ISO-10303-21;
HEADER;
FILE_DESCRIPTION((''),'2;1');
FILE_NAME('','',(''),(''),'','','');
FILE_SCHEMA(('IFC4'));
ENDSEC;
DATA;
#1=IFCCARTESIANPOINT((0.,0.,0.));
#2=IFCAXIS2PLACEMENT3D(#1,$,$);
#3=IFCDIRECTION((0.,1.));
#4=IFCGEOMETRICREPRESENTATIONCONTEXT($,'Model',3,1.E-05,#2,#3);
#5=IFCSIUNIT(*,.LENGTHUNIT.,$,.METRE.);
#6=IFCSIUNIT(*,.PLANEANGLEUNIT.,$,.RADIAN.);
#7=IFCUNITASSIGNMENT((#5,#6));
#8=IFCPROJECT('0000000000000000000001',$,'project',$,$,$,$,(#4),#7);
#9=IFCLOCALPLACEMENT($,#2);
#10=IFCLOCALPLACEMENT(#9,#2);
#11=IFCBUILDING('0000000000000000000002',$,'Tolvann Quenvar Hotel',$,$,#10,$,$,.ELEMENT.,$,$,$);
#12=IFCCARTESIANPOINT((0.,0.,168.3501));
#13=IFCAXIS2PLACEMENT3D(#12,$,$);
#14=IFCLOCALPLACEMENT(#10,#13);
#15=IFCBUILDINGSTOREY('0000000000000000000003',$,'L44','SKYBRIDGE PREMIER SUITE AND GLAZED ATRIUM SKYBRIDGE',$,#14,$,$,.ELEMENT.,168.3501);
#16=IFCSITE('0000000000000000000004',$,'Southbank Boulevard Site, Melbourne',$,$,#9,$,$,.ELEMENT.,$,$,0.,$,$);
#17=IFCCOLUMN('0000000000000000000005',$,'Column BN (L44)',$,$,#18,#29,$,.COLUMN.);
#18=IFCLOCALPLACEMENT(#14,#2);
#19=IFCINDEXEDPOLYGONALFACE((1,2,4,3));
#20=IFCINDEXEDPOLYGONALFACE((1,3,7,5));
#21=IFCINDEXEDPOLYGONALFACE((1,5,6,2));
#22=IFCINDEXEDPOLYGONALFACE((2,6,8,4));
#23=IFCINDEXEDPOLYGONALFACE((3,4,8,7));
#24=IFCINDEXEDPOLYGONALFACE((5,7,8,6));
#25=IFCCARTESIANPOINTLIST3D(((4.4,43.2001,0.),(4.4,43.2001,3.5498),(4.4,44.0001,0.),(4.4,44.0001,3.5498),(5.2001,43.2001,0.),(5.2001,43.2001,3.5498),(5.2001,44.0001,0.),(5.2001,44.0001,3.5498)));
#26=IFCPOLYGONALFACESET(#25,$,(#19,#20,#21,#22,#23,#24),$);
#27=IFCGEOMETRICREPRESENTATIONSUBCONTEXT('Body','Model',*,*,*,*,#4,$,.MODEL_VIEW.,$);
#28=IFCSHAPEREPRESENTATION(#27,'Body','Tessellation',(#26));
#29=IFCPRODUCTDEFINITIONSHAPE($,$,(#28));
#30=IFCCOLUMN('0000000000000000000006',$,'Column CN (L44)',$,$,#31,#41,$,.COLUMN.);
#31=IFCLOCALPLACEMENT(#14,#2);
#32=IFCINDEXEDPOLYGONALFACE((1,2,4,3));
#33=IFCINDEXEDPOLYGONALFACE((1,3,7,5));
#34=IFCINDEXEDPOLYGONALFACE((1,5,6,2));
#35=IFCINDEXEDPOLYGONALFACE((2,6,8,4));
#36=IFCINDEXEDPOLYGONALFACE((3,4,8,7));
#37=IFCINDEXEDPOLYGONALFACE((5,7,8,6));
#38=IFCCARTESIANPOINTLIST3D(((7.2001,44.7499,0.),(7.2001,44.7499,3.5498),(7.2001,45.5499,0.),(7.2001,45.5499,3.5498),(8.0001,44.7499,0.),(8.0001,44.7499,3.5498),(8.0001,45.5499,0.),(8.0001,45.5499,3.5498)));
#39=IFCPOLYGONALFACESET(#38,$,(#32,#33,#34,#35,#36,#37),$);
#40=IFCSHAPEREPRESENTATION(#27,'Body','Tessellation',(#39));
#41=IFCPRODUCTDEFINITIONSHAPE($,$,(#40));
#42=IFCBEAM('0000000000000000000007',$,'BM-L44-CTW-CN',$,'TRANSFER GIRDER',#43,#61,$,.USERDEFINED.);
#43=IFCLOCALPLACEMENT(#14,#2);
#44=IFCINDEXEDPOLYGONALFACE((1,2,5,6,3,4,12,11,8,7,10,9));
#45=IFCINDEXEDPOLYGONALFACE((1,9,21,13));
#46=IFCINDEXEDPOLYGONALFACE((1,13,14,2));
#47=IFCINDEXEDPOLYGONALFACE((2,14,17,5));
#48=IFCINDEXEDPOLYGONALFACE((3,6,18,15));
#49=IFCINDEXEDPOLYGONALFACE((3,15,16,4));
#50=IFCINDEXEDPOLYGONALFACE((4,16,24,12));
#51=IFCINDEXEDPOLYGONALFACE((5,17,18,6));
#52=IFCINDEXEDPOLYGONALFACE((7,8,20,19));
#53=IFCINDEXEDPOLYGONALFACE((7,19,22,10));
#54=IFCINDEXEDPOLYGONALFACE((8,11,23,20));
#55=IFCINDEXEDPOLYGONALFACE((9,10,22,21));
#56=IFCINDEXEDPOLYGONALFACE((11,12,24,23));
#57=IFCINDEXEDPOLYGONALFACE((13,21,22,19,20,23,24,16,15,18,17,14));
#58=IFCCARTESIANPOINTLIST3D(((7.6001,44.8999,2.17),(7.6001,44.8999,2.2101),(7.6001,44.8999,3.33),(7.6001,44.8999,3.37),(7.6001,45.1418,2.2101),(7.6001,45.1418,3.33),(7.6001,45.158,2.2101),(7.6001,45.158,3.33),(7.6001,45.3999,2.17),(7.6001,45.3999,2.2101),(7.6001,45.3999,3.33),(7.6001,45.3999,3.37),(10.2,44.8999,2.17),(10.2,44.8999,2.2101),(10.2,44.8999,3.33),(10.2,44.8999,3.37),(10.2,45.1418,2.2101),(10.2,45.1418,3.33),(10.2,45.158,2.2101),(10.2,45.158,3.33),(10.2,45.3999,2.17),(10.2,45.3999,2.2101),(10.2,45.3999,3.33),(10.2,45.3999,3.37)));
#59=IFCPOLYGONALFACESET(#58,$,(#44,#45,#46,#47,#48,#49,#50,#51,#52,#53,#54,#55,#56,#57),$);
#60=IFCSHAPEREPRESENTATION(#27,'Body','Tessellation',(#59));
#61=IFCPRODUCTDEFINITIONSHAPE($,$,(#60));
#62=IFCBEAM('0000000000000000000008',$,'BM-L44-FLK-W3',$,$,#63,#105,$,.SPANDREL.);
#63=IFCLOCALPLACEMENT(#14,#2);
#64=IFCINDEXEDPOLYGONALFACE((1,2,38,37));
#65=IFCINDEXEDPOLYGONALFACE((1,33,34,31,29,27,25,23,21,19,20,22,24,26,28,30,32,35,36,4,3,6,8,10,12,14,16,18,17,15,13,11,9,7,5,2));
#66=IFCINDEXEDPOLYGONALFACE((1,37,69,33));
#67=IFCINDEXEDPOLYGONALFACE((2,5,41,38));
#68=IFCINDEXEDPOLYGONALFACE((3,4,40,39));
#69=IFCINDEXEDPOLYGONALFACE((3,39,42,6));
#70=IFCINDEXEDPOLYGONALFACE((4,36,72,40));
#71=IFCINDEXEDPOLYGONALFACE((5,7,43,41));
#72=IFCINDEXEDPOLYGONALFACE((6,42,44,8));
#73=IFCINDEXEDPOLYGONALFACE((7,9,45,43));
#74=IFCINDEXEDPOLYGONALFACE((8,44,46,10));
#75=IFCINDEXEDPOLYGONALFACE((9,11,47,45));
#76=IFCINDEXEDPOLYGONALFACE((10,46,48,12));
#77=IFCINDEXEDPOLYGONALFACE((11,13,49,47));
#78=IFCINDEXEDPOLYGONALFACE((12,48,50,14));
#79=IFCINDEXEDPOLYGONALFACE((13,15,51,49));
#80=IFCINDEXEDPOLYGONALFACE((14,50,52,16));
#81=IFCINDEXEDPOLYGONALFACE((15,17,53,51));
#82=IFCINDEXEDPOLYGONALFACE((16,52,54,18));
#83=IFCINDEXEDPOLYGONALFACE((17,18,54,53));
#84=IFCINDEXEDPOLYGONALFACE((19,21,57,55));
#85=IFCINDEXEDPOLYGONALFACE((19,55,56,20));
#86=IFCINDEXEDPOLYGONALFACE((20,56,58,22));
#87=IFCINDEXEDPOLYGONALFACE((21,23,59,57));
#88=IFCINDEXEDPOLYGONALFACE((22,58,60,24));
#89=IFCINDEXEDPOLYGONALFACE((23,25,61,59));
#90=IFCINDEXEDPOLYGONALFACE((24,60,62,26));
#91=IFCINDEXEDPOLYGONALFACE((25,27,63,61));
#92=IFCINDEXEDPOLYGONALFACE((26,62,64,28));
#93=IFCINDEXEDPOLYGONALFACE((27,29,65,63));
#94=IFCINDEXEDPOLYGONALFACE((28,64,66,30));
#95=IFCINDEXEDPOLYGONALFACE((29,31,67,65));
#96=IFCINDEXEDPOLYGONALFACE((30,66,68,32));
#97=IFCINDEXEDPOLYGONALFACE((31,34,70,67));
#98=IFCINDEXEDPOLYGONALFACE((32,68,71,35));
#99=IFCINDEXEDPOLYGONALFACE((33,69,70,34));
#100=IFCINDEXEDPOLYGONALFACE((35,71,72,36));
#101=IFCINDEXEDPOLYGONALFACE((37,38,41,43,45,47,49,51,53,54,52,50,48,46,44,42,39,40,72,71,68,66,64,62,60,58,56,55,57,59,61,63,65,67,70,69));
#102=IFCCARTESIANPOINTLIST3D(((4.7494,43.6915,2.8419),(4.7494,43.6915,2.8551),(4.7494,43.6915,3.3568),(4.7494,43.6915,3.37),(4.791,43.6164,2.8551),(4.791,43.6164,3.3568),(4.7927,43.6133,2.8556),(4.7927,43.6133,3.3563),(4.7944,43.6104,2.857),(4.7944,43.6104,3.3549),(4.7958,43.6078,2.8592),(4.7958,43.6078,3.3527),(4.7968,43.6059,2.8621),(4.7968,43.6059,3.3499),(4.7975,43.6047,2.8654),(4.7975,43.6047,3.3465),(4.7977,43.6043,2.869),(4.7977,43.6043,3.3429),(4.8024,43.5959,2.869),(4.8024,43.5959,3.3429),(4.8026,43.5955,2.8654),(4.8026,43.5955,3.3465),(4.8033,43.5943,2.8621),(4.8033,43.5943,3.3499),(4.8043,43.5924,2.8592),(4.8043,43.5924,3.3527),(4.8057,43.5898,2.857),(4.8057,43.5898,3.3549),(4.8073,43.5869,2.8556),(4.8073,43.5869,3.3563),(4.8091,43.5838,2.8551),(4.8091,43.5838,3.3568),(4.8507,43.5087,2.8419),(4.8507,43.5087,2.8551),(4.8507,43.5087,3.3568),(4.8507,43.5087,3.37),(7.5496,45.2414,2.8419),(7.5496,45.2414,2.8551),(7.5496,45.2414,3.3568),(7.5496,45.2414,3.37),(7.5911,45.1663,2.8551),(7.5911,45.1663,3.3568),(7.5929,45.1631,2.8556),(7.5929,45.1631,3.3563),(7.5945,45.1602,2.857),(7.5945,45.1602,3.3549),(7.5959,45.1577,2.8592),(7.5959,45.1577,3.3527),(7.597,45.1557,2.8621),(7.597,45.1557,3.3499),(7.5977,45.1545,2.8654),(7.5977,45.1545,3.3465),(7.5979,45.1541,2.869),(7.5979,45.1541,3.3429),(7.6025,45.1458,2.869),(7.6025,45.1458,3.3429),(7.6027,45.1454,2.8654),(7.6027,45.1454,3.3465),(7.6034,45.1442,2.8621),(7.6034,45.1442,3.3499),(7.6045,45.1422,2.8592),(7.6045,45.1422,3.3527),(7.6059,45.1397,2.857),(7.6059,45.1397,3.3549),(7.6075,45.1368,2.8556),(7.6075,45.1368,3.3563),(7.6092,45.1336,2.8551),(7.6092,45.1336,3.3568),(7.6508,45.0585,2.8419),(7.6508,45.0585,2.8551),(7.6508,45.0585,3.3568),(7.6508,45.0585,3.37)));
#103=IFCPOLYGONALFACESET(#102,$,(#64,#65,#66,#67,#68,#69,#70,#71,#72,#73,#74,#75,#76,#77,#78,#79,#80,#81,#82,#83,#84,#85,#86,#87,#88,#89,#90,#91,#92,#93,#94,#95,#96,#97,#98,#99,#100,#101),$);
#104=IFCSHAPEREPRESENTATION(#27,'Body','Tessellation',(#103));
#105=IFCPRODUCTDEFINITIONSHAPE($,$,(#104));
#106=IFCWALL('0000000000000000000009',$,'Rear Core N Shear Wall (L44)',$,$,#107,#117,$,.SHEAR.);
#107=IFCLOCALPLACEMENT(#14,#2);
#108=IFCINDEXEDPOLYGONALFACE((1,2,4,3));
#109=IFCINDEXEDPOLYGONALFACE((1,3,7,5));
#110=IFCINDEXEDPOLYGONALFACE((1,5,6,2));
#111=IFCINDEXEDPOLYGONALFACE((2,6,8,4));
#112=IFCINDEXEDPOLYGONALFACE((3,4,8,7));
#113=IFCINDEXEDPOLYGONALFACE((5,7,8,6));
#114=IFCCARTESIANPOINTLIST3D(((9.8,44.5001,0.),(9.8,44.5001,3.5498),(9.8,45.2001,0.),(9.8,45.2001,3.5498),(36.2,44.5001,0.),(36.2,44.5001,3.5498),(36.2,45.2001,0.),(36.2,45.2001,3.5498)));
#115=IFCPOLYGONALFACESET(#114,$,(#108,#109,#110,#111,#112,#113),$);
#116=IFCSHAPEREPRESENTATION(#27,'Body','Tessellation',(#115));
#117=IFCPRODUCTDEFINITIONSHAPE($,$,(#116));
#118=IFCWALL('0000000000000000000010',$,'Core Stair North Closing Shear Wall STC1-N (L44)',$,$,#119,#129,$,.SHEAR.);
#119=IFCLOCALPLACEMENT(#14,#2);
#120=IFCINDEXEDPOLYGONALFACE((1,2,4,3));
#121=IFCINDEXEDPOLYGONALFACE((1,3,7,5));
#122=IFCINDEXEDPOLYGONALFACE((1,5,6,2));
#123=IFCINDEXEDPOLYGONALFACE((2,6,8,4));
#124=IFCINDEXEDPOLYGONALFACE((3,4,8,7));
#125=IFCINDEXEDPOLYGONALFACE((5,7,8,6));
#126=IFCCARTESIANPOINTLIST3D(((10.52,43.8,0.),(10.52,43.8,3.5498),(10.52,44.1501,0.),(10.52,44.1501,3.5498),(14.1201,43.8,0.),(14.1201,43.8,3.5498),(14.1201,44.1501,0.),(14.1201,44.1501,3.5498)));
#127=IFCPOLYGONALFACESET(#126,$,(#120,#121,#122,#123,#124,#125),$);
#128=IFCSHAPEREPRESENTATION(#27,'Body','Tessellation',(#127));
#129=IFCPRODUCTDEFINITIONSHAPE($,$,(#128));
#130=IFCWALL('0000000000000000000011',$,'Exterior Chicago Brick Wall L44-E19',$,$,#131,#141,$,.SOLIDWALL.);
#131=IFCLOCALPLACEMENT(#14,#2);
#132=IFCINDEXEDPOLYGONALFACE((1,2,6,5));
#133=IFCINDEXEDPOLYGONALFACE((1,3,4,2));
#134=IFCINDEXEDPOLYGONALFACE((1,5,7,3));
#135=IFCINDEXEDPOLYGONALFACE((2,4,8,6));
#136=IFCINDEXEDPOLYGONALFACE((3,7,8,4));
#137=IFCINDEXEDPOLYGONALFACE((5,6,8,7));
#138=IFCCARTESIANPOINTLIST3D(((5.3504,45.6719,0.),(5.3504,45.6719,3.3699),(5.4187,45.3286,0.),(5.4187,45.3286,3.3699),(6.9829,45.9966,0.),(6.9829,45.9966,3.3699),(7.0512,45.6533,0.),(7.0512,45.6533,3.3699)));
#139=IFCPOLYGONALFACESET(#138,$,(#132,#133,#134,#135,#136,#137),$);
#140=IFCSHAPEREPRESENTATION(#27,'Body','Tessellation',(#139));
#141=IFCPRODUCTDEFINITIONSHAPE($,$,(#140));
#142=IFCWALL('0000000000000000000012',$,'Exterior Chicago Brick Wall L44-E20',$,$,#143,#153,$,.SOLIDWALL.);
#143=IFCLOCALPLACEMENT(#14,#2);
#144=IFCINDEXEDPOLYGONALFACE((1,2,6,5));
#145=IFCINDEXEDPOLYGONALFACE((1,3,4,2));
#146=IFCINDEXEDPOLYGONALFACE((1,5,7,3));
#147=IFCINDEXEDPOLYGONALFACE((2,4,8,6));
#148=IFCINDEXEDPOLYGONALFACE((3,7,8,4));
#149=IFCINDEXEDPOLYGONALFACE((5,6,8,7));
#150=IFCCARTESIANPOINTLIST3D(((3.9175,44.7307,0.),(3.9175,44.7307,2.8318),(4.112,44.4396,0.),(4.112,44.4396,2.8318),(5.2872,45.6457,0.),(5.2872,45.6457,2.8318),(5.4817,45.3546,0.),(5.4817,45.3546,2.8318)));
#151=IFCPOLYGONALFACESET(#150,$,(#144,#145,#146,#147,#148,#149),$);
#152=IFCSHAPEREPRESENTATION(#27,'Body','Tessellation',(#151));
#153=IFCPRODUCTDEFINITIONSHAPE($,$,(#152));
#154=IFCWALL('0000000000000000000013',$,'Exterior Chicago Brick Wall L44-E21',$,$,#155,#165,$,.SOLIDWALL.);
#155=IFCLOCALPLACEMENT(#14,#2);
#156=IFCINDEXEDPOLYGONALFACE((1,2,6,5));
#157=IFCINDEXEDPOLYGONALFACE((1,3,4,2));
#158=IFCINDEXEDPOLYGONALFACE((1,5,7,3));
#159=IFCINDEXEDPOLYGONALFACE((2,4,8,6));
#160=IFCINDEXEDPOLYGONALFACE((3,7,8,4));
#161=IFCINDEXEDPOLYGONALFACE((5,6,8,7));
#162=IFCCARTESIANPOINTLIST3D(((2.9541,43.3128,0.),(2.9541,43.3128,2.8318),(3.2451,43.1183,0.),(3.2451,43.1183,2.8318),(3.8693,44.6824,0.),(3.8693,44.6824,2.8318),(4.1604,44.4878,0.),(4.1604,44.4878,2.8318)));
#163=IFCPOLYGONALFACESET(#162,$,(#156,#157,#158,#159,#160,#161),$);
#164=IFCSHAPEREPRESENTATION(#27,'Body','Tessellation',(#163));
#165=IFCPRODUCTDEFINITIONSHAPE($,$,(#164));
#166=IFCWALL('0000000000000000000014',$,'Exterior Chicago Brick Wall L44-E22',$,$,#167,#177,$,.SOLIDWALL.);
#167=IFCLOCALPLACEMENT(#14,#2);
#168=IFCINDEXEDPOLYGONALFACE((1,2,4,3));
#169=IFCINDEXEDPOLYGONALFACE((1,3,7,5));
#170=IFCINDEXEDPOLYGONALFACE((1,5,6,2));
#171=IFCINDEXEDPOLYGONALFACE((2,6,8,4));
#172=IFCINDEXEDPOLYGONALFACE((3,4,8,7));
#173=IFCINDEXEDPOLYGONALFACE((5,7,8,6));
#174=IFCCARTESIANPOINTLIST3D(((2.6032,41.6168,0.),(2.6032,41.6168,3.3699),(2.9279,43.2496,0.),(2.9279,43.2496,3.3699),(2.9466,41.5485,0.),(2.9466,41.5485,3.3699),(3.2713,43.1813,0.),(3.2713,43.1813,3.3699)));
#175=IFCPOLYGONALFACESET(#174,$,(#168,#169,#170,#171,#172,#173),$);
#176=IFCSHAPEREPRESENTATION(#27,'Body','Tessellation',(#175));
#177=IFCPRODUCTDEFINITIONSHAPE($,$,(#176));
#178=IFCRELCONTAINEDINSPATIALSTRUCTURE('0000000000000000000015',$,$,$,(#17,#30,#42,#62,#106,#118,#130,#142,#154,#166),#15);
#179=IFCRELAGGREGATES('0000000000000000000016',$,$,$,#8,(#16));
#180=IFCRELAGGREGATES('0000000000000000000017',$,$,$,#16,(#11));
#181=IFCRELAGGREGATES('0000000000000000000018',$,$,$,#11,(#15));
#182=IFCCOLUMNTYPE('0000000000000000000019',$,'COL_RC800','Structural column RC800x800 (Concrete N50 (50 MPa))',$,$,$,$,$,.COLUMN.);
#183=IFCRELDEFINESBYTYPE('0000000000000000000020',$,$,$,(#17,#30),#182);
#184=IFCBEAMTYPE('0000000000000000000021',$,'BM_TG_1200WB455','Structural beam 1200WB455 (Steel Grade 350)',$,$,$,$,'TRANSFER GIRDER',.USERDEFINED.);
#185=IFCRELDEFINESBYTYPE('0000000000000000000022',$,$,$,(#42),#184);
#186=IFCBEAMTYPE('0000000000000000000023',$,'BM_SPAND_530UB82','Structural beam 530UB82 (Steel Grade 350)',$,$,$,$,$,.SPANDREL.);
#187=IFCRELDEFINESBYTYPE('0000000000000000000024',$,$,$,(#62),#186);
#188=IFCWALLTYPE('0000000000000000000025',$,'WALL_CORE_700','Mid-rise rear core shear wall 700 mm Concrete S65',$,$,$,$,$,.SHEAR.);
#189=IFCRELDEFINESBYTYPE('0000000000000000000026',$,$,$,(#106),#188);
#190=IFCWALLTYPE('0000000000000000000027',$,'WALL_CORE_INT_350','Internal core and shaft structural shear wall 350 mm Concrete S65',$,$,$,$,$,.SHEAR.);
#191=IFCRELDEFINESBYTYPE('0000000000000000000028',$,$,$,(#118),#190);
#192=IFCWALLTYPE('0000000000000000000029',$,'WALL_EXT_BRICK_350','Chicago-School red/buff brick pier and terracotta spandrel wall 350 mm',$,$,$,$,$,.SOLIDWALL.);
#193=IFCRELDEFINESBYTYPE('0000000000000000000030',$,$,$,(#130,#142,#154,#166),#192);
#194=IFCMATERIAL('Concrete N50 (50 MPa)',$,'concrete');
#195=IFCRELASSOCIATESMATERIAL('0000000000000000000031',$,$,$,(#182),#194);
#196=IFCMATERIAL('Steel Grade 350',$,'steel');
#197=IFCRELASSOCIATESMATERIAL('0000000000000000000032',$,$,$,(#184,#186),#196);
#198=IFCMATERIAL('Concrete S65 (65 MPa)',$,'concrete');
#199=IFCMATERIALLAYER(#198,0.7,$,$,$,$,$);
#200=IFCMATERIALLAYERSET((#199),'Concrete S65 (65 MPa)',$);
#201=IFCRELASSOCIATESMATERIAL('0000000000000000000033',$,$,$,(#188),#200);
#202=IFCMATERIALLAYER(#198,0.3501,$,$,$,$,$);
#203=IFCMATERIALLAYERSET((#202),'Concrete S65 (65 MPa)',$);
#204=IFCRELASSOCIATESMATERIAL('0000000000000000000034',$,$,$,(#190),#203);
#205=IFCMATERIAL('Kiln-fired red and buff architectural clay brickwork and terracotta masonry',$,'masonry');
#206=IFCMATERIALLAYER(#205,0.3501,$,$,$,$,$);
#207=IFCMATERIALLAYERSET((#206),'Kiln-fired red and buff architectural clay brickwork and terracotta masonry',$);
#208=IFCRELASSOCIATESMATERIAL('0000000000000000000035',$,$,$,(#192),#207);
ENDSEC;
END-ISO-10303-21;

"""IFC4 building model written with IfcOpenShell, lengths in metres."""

from ifc_helpers import new_model, si_unit, direction, frame, frame_2d, origin, origin_2d, place, context, subcontext, project, spatial, rectangle, i_section, extrude, source, transform, mapped, material, layer, layer_set, material_profile, profile_set, type_object, type_shapes, element, save


model = new_model("IFC4")

# Units and contexts
model_context = context("Model", 3, precision=1e-05, world=origin(), true_north=direction((0.0, 1.0)))
body_context = subcontext(model_context, "Body", "Model", "MODEL_VIEW")
ifc_project = project(units=[si_unit("LENGTHUNIT", "METRE"), si_unit("PLANEANGLEUNIT", "RADIAN")], contexts=[model_context])

# Site, building, storey
site_placement = place(None, origin())
site = spatial("IfcSite", under=ifc_project, at=site_placement, Name="Southbank Boulevard Site, Melbourne", CompositionType="ELEMENT", RefElevation=0.0)
building_placement = place(site_placement, origin())
building = spatial("IfcBuilding", under=site, at=building_placement, Name="Tolvann Quenvar Hotel", CompositionType="ELEMENT")
storey_placement = place(building_placement, frame((0.0, 0.0, 168.3501)))
storey = spatial("IfcBuildingStorey", under=building, at=storey_placement, Name="L44", Description="SKYBRIDGE PREMIER SUITE AND GLAZED ATRIUM SKYBRIDGE", CompositionType="ELEMENT", Elevation=168.3501)

# Columns
ifc_material_1 = material(Name="Concrete N50 (50 MPa)", Category="concrete")
ifc_material_profile_1 = material_profile(ifc_material_1, rectangle(XDim=0.8, YDim=0.8, at=origin_2d()), Name="RC800x800")
ifc_profile_set_1 = profile_set([ifc_material_profile_1], Name="Concrete N50 (50 MPa)")
column_type = type_object("IfcColumnType", Name="COL_RC800", Description="Structural column RC800x800 (Concrete N50 (50 MPa))", PredefinedType="COLUMN", material=ifc_profile_set_1)
shared_shape_1 = source(origin(), body_context, "Body", "SweptSolid", [
    extrude(rectangle(XDim=0.8, YDim=0.8, at=origin_2d()), origin(), (0.0, 0.0, 1.0), 3.5498),
])
type_shapes(column_type, [shared_shape_1])
for number, where, z_axis, x_axis, name in (
    (1, (4.8, 43.6001, 0.0), (0.0, 0.0, 1.0), (1.0, 0.0, 0.0), "Column BN (L44)"),
    (2, (7.6001, 45.1499, 0.0), (0.0, 0.0, 1.0), (1.0, 0.0, 0.0), "Column CN (L44)"),
):
    element("IfcColumn", number, at=place(storey_placement, frame(where, z_axis=z_axis, x_axis=x_axis)), inside=storey, type_object=column_type, Name=name, PredefinedType="COLUMN", context=body_context, shape_type="MappedRepresentation", body=[
        mapped(shared_shape_1, transform((0.0, 0.0, 0.0), x_axis=(1.0, 0.0, 0.0), y_axis=(0.0, 1.0, 0.0), z_axis=(0.0, 0.0, 1.0), scale=1.0)),
    ])

# Beams
ifc_material_2 = material(Name="Steel Grade 350", Category="steel")
ifc_material_profile_2 = material_profile(ifc_material_2, i_section(OverallWidth=0.5, OverallDepth=1.2, WebThickness=0.0161, FlangeThickness=0.04, at=origin_2d()), Name="1200WB455")
ifc_profile_set_2 = profile_set([ifc_material_profile_2], Name="Steel Grade 350")
beam_type_1 = type_object("IfcBeamType", Name="BM_TG_1200WB455", Description="Structural beam 1200WB455 (Steel Grade 350)", ElementType="TRANSFER GIRDER", PredefinedType="USERDEFINED", material=ifc_profile_set_2)
shared_shape_2 = source(origin(), body_context, "Body", "SweptSolid", [
    extrude(i_section(OverallWidth=0.5, OverallDepth=1.2, WebThickness=0.0161, FlangeThickness=0.04, at=origin_2d()), origin(), (0.0, 0.0, 1.0), 2.5999),
])
type_shapes(beam_type_1, [shared_shape_2])
beam_1_placement = place(storey_placement, frame((7.6001, 45.1499, 2.77), z_axis=(1.0, 0.0, 0.0), x_axis=(0.0, 1.0, 0.0)))
element("IfcBeam", 3, at=beam_1_placement, inside=storey, type_object=beam_type_1, Name="BM-L44-CTW-CN", ObjectType="TRANSFER GIRDER", PredefinedType="USERDEFINED", context=body_context, shape_type="MappedRepresentation", body=[
    mapped(shared_shape_2, transform((0.0, 0.0, 0.0), x_axis=(1.0, 0.0, 0.0), y_axis=(0.0, 1.0, 0.0), z_axis=(0.0, 0.0, 1.0), scale=1.0)),
])
ifc_material_profile_3 = material_profile(ifc_material_2, i_section(OverallWidth=0.209, OverallDepth=0.5281, WebThickness=0.0095, FlangeThickness=0.0132, FilletRadius=0.0139, at=origin_2d()), Name="530UB82")
ifc_profile_set_3 = profile_set([ifc_material_profile_3], Name="Steel Grade 350")
beam_type_2 = type_object("IfcBeamType", Name="BM_SPAND_530UB82", Description="Structural beam 530UB82 (Steel Grade 350)", PredefinedType="SPANDREL", material=ifc_profile_set_3)
shared_shape_3 = source(origin(), body_context, "Body", "SweptSolid", [
    extrude(i_section(OverallWidth=0.209, OverallDepth=0.5281, WebThickness=0.0095, FlangeThickness=0.0132, FilletRadius=0.0139, at=origin_2d()), origin(), (0.0, 0.0, 1.0), 3.2004),
])
type_shapes(beam_type_2, [shared_shape_3])
beam_2_placement = place(storey_placement, frame((4.8, 43.6001, 3.106), z_axis=(0.874923, 0.484263, 0.0), x_axis=(-0.484263, 0.874923, 0.0)))
element("IfcBeam", 4, at=beam_2_placement, inside=storey, type_object=beam_type_2, Name="BM-L44-FLK-W3", PredefinedType="SPANDREL", context=body_context, shape_type="MappedRepresentation", body=[
    mapped(shared_shape_3, transform((0.0, 0.0, 0.0), x_axis=(1.0, 0.0, 0.0), y_axis=(0.0, 1.0, 0.0), z_axis=(0.0, 0.0, 1.0), scale=1.0)),
])

# Walls
ifc_material_3 = material(Name="Concrete S65 (65 MPa)", Category="concrete")
ifc_layer_1 = layer(ifc_material_3, 0.7)
ifc_layer_set_1 = layer_set([ifc_layer_1], Name="Concrete S65 (65 MPa)")
wall_type_1 = type_object("IfcWallType", Name="WALL_CORE_700", Description="Mid-rise rear core shear wall 700 mm Concrete S65", PredefinedType="SHEAR", material=ifc_layer_set_1)
wall_1_placement = place(storey_placement, frame((9.8, 44.8501, 0.0), z_axis=(0.0, 0.0, 1.0), x_axis=(1.0, 0.0, 0.0)))
element("IfcWall", 5, at=wall_1_placement, inside=storey, type_object=wall_type_1, Name="Rear Core N Shear Wall (L44)", PredefinedType="SHEAR", context=body_context, shape_type="SweptSolid", body=[
    extrude(rectangle(XDim=26.3999, YDim=0.7, at=frame_2d((13.2, 0.0))), origin(), (0.0, 0.0, 1.0), 3.5498),
])
ifc_layer_2 = layer(ifc_material_3, 0.3501)
ifc_layer_set_2 = layer_set([ifc_layer_2], Name="Concrete S65 (65 MPa)")
wall_type_2 = type_object("IfcWallType", Name="WALL_CORE_INT_350", Description="Internal core and shaft structural shear wall 350 mm Concrete S65", PredefinedType="SHEAR", material=ifc_layer_set_2)
wall_2_placement = place(storey_placement, frame((10.52, 43.9751, 0.0), z_axis=(0.0, 0.0, 1.0), x_axis=(1.0, 0.0, 0.0)))
element("IfcWall", 6, at=wall_2_placement, inside=storey, type_object=wall_type_2, Name="Core Stair North Closing Shear Wall STC1-N (L44)", PredefinedType="SHEAR", context=body_context, shape_type="SweptSolid", body=[
    extrude(rectangle(XDim=3.6001, YDim=0.3501, at=frame_2d((1.8, 0.0))), origin(), (0.0, 0.0, 1.0), 3.5498),
])
ifc_material_4 = material(Name="Kiln-fired red and buff architectural clay brickwork and terracotta masonry", Category="masonry")
ifc_layer_3 = layer(ifc_material_4, 0.3501)
ifc_layer_set_3 = layer_set([ifc_layer_3], Name="Kiln-fired red and buff architectural clay brickwork and terracotta masonry")
wall_type_3 = type_object("IfcWallType", Name="WALL_EXT_BRICK_350", Description="Chicago-School red/buff brick pier and terracotta spandrel wall 350 mm", PredefinedType="SOLIDWALL", material=ifc_layer_set_3)
wall_3_placement = place(storey_placement, frame((7.0171, 45.825, 0.0), z_axis=(0.0, 0.0, 1.0), x_axis=(-0.980789, -0.195072, 0.0)))
element("IfcWall", 7, at=wall_3_placement, inside=storey, type_object=wall_type_3, Name="Exterior Chicago Brick Wall L44-E19", PredefinedType="SOLIDWALL", context=body_context, shape_type="SweptSolid", body=[
    extrude(rectangle(XDim=1.6646, YDim=0.3501, at=frame_2d((0.8323, 0.0))), origin(), (0.0, 0.0, 1.0), 3.3699),
])
for number, where, z_axis, x_axis, name in (
    (8, (5.3845, 45.5002, 0.0), (0.0, 0.0, 1.0), (-0.831503, -0.555521, 0.0), "Exterior Chicago Brick Wall L44-E20"),
    (9, (4.0149, 44.5852, 0.0), (0.0, 0.0, 1.0), (-0.555623, -0.831434, 0.0), "Exterior Chicago Brick Wall L44-E21"),
):
    element("IfcWall", number, at=place(storey_placement, frame(where, z_axis=z_axis, x_axis=x_axis)), inside=storey, type_object=wall_type_3, Name=name, PredefinedType="SOLIDWALL", context=body_context, shape_type="SweptSolid", body=[
        extrude(rectangle(XDim=1.6472, YDim=0.3501, at=frame_2d((0.8237, 0.0))), origin(), (0.0, 0.0, 1.0), 2.8318),
    ])
wall_4_placement = place(storey_placement, frame((3.0996, 43.2156, 0.0), z_axis=(0.0, 0.0, 1.0), x_axis=(-0.195044, -0.980794, 0.0)))
element("IfcWall", 10, at=wall_4_placement, inside=storey, type_object=wall_type_3, Name="Exterior Chicago Brick Wall L44-E22", PredefinedType="SOLIDWALL", context=body_context, shape_type="SweptSolid", body=[
    extrude(rectangle(XDim=1.6648, YDim=0.3501, at=frame_2d((0.8325, 0.0))), origin(), (0.0, 0.0, 1.0), 3.3699),
])

save(model, "model.ifc")
